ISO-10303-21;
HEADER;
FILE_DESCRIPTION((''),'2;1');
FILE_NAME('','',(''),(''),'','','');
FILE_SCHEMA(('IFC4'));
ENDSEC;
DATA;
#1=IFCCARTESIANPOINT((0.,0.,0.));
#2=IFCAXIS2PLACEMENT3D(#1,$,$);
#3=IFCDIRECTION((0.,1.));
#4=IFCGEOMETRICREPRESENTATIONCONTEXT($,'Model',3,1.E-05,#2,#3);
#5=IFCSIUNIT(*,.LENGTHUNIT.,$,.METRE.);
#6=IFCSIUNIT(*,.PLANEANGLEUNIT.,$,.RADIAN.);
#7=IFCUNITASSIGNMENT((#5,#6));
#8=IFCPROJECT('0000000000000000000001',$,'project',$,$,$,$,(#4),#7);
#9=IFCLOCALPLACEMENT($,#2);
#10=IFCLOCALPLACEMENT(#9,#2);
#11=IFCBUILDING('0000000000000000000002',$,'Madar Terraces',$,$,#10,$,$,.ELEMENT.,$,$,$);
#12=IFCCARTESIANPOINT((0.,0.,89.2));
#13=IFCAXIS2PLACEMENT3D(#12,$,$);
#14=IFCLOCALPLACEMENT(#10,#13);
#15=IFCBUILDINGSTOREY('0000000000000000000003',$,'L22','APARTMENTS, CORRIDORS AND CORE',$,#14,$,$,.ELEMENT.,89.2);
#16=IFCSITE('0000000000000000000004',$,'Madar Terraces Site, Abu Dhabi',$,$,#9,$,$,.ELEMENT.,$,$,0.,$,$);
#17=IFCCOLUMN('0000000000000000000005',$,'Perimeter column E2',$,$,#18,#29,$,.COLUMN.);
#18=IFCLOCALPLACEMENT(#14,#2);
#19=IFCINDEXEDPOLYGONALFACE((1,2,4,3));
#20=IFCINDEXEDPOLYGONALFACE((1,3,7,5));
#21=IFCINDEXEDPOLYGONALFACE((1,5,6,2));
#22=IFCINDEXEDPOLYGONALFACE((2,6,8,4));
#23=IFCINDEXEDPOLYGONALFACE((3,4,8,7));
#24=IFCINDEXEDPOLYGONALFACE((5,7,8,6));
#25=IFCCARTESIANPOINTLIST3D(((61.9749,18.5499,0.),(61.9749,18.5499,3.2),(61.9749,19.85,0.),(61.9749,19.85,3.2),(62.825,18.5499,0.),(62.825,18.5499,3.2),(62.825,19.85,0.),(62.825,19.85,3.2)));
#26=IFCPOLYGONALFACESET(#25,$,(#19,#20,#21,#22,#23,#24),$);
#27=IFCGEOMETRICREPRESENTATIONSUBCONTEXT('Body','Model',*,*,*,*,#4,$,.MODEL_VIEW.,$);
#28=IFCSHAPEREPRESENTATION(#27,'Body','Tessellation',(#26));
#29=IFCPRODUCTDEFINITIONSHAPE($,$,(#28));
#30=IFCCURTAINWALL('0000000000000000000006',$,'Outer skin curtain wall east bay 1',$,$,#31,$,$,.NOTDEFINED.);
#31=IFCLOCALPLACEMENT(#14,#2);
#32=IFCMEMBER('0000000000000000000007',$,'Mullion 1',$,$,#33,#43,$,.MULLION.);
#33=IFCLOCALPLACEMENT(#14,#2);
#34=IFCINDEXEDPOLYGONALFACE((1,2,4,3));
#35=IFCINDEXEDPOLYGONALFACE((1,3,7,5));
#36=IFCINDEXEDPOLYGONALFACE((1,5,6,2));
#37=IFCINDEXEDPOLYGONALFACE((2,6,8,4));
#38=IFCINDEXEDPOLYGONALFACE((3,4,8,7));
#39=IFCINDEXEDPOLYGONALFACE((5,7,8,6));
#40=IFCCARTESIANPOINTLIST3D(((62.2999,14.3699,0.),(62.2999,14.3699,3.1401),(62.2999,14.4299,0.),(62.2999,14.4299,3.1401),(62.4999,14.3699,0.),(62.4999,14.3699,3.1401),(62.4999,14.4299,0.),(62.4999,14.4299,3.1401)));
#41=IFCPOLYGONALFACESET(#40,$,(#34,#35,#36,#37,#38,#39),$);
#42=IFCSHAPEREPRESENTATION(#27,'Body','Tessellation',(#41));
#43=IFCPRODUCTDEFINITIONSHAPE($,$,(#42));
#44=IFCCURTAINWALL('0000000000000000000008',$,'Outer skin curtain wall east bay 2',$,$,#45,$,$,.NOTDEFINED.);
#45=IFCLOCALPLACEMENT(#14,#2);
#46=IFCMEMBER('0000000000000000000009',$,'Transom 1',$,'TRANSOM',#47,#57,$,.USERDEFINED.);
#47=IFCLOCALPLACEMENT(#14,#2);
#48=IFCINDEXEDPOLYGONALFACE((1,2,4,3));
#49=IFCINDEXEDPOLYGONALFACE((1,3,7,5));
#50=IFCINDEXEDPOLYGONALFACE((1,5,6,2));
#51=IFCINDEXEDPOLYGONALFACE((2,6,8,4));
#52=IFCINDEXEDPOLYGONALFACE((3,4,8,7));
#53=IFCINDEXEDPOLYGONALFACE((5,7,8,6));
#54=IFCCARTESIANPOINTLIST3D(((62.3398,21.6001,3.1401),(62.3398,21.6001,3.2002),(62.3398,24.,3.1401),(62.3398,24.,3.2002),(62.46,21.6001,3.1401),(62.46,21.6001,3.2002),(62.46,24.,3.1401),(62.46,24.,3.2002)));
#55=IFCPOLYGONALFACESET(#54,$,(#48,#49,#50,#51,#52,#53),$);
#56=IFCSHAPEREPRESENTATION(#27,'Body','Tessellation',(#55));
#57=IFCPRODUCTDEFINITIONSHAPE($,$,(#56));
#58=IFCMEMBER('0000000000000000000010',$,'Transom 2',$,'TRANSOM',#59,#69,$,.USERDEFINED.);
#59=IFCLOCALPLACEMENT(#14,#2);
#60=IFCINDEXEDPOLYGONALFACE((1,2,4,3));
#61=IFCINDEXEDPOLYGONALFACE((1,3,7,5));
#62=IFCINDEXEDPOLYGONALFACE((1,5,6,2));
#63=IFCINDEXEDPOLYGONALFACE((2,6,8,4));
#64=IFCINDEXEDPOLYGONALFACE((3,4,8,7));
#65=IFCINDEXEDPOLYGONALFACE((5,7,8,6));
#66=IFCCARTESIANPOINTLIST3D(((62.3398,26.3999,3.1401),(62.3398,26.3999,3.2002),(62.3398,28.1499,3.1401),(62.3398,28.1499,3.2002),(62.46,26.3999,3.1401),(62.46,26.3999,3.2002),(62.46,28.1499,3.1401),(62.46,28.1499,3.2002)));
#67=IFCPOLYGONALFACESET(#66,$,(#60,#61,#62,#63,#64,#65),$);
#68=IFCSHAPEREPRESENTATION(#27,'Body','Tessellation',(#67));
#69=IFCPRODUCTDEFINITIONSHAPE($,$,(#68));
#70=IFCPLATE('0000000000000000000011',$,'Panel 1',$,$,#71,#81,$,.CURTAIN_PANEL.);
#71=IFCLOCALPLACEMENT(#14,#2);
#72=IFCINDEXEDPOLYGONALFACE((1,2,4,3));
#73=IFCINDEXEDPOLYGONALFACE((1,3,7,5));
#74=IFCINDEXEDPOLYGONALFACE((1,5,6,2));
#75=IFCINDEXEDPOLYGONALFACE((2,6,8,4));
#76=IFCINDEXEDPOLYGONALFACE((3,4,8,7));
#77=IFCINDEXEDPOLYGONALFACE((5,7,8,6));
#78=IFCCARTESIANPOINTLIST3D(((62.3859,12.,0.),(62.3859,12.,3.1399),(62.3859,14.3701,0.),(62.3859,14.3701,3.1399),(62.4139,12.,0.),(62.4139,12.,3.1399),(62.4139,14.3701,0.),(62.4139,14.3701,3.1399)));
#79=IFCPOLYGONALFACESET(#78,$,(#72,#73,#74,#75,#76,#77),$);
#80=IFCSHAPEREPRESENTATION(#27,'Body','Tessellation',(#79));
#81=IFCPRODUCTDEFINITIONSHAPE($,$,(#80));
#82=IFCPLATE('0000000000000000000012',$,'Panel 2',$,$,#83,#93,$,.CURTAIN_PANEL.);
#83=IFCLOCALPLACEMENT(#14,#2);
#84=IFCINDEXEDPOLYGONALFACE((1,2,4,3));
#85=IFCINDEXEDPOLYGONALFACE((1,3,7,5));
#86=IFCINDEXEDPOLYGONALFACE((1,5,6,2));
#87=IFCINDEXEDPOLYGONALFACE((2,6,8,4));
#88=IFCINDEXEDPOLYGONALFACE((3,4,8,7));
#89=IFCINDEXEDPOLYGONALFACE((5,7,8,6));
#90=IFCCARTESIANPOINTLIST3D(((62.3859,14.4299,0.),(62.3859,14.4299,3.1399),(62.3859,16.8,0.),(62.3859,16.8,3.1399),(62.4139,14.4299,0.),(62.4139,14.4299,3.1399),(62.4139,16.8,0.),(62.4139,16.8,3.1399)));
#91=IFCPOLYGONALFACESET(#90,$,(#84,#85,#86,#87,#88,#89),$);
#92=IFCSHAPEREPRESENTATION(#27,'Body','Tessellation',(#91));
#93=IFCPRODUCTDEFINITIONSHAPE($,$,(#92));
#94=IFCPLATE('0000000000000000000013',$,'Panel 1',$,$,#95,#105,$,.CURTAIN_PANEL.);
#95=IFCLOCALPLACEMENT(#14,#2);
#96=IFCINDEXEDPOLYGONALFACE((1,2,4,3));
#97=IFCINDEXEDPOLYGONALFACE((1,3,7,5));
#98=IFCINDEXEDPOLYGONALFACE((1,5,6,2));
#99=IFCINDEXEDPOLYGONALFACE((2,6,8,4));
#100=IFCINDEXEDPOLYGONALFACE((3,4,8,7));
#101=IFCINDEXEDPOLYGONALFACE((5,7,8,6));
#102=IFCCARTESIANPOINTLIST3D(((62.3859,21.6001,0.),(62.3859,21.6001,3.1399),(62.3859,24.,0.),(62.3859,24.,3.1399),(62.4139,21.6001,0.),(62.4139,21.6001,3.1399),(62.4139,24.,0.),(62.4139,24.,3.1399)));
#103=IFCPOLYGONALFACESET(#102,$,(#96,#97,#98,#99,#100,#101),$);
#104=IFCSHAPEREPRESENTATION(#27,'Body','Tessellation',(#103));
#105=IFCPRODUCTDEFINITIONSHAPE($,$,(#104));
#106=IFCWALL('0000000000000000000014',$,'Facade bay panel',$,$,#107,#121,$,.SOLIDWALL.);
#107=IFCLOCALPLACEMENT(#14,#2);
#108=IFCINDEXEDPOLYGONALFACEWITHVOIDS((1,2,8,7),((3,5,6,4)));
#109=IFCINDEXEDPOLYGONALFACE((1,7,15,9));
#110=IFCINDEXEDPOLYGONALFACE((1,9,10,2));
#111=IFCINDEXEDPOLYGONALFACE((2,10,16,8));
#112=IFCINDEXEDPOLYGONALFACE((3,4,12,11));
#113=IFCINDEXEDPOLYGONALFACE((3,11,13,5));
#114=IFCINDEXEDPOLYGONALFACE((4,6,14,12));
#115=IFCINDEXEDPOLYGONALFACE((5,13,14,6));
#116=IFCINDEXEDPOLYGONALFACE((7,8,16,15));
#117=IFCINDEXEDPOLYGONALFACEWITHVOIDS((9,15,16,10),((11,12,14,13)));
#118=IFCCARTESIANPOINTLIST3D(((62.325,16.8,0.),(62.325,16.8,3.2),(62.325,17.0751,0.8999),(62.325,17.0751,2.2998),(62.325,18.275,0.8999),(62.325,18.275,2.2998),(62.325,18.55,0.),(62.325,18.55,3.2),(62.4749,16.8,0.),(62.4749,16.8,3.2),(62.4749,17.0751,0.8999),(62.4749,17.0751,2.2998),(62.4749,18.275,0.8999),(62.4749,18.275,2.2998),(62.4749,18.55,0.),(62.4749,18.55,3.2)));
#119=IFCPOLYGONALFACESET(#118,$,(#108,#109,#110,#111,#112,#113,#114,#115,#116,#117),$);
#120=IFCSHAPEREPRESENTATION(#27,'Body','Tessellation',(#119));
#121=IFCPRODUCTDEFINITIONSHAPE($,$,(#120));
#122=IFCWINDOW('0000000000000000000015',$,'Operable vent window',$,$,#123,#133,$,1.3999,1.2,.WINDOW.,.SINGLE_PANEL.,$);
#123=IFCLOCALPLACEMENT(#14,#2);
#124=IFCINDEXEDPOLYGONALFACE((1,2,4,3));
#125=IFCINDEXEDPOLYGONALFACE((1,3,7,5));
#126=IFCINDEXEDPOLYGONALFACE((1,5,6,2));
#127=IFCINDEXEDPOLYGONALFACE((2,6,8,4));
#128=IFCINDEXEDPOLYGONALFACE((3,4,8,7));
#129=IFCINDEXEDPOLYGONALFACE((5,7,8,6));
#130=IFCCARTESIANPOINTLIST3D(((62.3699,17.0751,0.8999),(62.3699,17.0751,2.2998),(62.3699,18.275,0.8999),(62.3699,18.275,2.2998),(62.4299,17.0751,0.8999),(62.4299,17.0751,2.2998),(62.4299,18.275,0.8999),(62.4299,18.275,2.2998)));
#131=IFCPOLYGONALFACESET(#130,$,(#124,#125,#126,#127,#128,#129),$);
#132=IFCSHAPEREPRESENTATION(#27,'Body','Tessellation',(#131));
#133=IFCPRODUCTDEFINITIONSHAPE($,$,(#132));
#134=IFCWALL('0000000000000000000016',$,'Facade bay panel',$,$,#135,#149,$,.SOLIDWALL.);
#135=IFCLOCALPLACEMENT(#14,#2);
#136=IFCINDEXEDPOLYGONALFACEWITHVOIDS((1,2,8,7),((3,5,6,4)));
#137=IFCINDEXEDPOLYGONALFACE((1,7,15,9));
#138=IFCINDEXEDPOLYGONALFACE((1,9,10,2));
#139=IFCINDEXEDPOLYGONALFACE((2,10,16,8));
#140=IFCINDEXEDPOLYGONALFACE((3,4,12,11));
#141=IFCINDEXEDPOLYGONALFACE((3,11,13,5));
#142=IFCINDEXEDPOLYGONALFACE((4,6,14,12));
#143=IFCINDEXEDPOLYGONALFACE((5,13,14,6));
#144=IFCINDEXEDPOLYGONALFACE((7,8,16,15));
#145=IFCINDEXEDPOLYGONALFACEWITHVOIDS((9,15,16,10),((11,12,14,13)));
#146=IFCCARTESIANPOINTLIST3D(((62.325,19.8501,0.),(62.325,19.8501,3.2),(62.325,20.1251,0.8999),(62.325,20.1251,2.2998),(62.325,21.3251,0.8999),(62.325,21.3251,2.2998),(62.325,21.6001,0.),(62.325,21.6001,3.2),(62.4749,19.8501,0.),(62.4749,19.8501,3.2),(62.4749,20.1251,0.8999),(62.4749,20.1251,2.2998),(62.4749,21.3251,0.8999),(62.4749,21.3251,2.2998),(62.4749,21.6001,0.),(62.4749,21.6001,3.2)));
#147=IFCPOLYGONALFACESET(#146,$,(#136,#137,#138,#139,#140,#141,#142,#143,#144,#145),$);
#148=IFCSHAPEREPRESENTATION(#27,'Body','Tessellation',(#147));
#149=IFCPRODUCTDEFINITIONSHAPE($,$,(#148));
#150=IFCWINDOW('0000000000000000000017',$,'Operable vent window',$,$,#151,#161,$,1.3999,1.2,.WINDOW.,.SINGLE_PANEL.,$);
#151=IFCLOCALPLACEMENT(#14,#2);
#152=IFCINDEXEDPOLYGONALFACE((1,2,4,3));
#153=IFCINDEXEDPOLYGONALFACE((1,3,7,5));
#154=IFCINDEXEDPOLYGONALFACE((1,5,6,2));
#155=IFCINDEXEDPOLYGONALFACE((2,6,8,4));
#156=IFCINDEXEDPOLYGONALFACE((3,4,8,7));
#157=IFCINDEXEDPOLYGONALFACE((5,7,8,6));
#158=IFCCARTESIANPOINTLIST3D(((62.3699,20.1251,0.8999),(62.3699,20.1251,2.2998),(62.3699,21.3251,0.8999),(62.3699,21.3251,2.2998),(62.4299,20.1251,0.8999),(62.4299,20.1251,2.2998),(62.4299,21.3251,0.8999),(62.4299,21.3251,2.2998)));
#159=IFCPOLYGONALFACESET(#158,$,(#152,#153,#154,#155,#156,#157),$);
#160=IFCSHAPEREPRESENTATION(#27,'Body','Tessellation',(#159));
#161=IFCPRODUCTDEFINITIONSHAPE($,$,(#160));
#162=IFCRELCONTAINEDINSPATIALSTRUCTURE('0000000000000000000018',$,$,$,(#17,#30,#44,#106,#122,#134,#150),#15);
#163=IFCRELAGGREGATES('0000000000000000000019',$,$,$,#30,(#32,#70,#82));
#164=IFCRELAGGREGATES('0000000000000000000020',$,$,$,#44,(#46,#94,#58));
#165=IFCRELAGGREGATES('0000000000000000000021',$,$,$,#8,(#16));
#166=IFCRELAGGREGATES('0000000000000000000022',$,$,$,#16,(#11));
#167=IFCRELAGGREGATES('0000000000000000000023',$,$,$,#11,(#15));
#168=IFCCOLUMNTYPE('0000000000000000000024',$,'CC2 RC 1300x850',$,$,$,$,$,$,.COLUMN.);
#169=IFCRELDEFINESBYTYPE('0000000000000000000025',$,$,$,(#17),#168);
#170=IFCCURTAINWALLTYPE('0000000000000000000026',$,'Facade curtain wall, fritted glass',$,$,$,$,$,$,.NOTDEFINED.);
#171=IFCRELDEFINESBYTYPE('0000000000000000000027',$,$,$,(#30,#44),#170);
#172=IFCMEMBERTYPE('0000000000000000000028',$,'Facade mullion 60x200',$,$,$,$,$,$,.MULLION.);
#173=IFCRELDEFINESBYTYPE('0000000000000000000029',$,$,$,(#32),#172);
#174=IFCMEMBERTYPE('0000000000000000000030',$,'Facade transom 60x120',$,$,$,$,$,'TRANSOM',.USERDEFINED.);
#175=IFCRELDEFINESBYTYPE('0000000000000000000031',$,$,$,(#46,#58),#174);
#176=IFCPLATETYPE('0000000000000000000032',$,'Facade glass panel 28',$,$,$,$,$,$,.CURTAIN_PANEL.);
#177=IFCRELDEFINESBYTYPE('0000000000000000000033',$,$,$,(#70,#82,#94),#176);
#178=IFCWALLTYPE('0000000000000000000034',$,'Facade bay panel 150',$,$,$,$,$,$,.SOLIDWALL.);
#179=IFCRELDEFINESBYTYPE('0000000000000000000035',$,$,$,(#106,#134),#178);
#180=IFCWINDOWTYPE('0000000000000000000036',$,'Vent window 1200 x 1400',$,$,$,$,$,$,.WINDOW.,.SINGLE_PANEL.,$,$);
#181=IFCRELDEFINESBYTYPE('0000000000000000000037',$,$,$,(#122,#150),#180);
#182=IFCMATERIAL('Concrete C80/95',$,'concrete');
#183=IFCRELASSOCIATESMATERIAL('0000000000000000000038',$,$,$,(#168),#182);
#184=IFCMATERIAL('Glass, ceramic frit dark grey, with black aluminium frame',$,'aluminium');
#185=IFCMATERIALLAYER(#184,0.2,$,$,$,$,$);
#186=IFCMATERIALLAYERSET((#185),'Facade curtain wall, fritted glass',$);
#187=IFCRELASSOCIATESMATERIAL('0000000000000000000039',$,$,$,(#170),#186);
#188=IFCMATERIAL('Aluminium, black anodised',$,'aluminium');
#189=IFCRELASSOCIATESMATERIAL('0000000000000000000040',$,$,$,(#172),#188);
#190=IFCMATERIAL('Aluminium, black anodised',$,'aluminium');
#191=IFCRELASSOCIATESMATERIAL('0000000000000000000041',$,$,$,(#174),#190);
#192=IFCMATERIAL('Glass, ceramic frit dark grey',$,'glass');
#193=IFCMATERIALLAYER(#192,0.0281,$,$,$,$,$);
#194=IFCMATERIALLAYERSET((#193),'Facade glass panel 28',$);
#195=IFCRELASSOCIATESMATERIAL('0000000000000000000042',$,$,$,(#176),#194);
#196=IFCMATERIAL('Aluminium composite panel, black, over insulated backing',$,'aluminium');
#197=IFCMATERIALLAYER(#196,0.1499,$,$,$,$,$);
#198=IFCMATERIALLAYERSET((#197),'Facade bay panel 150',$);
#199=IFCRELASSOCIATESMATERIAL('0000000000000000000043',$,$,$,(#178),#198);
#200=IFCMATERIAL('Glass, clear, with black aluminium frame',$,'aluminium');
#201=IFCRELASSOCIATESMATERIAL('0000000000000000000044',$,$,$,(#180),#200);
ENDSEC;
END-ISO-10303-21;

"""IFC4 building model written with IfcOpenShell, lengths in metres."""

from ifc_helpers import new_model, si_unit, direction, frame, frame_2d, origin, origin_2d, place, context, subcontext, project, spatial, rectangle, extrude, material, layer, layer_set, material_profile, profile_set, type_object, element, fill, aggregate, save


model = new_model("IFC4")

# Units and contexts
model_context = context("Model", 3, precision=1e-05, world=origin(), true_north=direction((0.0, 1.0)))
body_context = subcontext(model_context, "Body", "Model", "MODEL_VIEW")
ifc_project = project(units=[si_unit("LENGTHUNIT", "METRE"), si_unit("PLANEANGLEUNIT", "RADIAN")], contexts=[model_context])

# Site, building, storey
site_placement = place(None, origin())
site = spatial("IfcSite", under=ifc_project, at=site_placement, Name="Madar Terraces Site, Abu Dhabi", CompositionType="ELEMENT", RefElevation=0.0)
building_placement = place(site_placement, origin())
building = spatial("IfcBuilding", under=site, at=building_placement, Name="Madar Terraces", CompositionType="ELEMENT")
storey_placement = place(building_placement, frame((0.0, 0.0, 89.2)))
storey = spatial("IfcBuildingStorey", under=building, at=storey_placement, Name="L22", Description="APARTMENTS, CORRIDORS AND CORE", CompositionType="ELEMENT", Elevation=89.2)

# Column
ifc_material_1 = material(Name="Concrete C80/95", Category="concrete")
ifc_material_profile_1 = material_profile(ifc_material_1, rectangle(XDim=1.3, YDim=0.8501, at=origin_2d()), Name="CC2 RC 1300x850")
ifc_profile_set_1 = profile_set([ifc_material_profile_1], Name="Concrete C80/95")
column_type = type_object("IfcColumnType", Name="CC2 RC 1300x850", PredefinedType="COLUMN", material=ifc_profile_set_1)
column_placement = place(storey_placement, frame((62.3999, 19.2, 0.0), z_axis=(0.0, 0.0, 1.0), x_axis=(0.0, 1.0, 0.0)))
element("IfcColumn", 1, at=column_placement, inside=storey, type_object=column_type, Name="Perimeter column E2", PredefinedType="COLUMN", context=body_context, shape_type="SweptSolid", body=[
    extrude(rectangle(XDim=1.3, YDim=0.8501, at=origin_2d()), origin(), (0.0, 0.0, 1.0), 3.2),
])

# Curtain wall, member
ifc_material_2 = material(Name="Glass, ceramic frit dark grey, with black aluminium frame", Category="aluminium")
ifc_layer_1 = layer(ifc_material_2, 0.2)
ifc_layer_set_1 = layer_set([ifc_layer_1], Name="Facade curtain wall, fritted glass")
curtain_wall_type = type_object("IfcCurtainWallType", Name="Facade curtain wall, fritted glass", PredefinedType="NOTDEFINED", material=ifc_layer_set_1)
curtain_wall_1_placement = place(storey_placement, origin())
curtain_wall_1 = element("IfcCurtainWall", 2, at=curtain_wall_1_placement, inside=storey, type_object=curtain_wall_type, Name="Outer skin curtain wall east bay 1", PredefinedType="NOTDEFINED")
ifc_material_3 = material(Name="Aluminium, black anodised", Category="aluminium")
ifc_material_profile_2 = material_profile(ifc_material_3, rectangle(XDim=0.2, YDim=0.0601, at=origin_2d()), Name="Facade mullion 60x200")
ifc_profile_set_2 = profile_set([ifc_material_profile_2], Name="Aluminium, black anodised")
member_type_1 = type_object("IfcMemberType", Name="Facade mullion 60x200", PredefinedType="MULLION", material=ifc_profile_set_2)
member_1_placement = place(storey_placement, frame((62.3999, 14.3999, 0.0), z_axis=(0.0, 0.0, 1.0), x_axis=(-1.0, 0.0, 0.0)))
member_1 = element("IfcMember", 3, at=member_1_placement, type_object=member_type_1, Name="Mullion 1", PredefinedType="MULLION", context=body_context, shape_type="SweptSolid", body=[
    extrude(rectangle(XDim=0.2, YDim=0.0601, at=origin_2d()), origin(), (0.0, 0.0, 1.0), 3.1401),
])

# Curtain wall, members
curtain_wall_2_placement = place(storey_placement, origin())
curtain_wall_2 = element("IfcCurtainWall", 4, at=curtain_wall_2_placement, inside=storey, type_object=curtain_wall_type, Name="Outer skin curtain wall east bay 2", PredefinedType="NOTDEFINED")
ifc_material_4 = material(Name="Aluminium, black anodised", Category="aluminium")
ifc_material_profile_3 = material_profile(ifc_material_4, rectangle(XDim=0.1201, YDim=0.0601, at=origin_2d()), Name="Facade transom 60x120")
ifc_profile_set_3 = profile_set([ifc_material_profile_3], Name="Aluminium, black anodised")
member_type_2 = type_object("IfcMemberType", Name="Facade transom 60x120", ElementType="TRANSOM", PredefinedType="USERDEFINED", material=ifc_profile_set_3)
member_2_placement = place(storey_placement, frame((62.3999, 21.6001, 3.1702), z_axis=(0.0, 1.0, 0.0), x_axis=(-1.0, 0.0, 0.0)))
member_2 = element("IfcMember", 5, at=member_2_placement, type_object=member_type_2, Name="Transom 1", ObjectType="TRANSOM", PredefinedType="USERDEFINED", context=body_context, shape_type="SweptSolid", body=[
    extrude(rectangle(XDim=0.1201, YDim=0.0601, at=origin_2d()), origin(), (0.0, 0.0, 1.0), 2.3999),
])
member_3_placement = place(storey_placement, frame((62.3999, 26.3999, 3.1702), z_axis=(0.0, 1.0, 0.0), x_axis=(-1.0, 0.0, 0.0)))
member_3 = element("IfcMember", 6, at=member_3_placement, type_object=member_type_2, Name="Transom 2", ObjectType="TRANSOM", PredefinedType="USERDEFINED", context=body_context, shape_type="SweptSolid", body=[
    extrude(rectangle(XDim=0.1201, YDim=0.0601, at=origin_2d()), origin(), (0.0, 0.0, 1.0), 1.75),
])

# Plates
ifc_material_5 = material(Name="Glass, ceramic frit dark grey", Category="glass")
ifc_layer_2 = layer(ifc_material_5, 0.0281)
ifc_layer_set_2 = layer_set([ifc_layer_2], Name="Facade glass panel 28")
plate_type = type_object("IfcPlateType", Name="Facade glass panel 28", PredefinedType="CURTAIN_PANEL", material=ifc_layer_set_2)
plate_1_placement = place(storey_placement, frame((62.3999, 13.1851, 0.0), z_axis=(0.0, 0.0, 1.0), x_axis=(0.0, 1.0, 0.0)))
plate_1 = element("IfcPlate", 7, at=plate_1_placement, type_object=plate_type, Name="Panel 1", PredefinedType="CURTAIN_PANEL", context=body_context, shape_type="SweptSolid", body=[
    extrude(rectangle(XDim=2.3701, YDim=0.0281, at=origin_2d()), origin(), (0.0, 0.0, 1.0), 3.1399),
])
plate_2_placement = place(storey_placement, frame((62.3999, 15.615, 0.0), z_axis=(0.0, 0.0, 1.0), x_axis=(0.0, 1.0, 0.0)))
plate_2 = element("IfcPlate", 8, at=plate_2_placement, type_object=plate_type, Name="Panel 2", PredefinedType="CURTAIN_PANEL", context=body_context, shape_type="SweptSolid", body=[
    extrude(rectangle(XDim=2.3701, YDim=0.0281, at=origin_2d()), origin(), (0.0, 0.0, 1.0), 3.1399),
])
aggregate(curtain_wall_1, [member_1, plate_1, plate_2])
plate_3_placement = place(storey_placement, frame((62.3999, 22.8, 0.0), z_axis=(0.0, 0.0, 1.0), x_axis=(0.0, 1.0, 0.0)))
plate_3 = element("IfcPlate", 9, at=plate_3_placement, type_object=plate_type, Name="Panel 1", PredefinedType="CURTAIN_PANEL", context=body_context, shape_type="SweptSolid", body=[
    extrude(rectangle(XDim=2.3999, YDim=0.0281, at=origin_2d()), origin(), (0.0, 0.0, 1.0), 3.1399),
])
aggregate(curtain_wall_2, [member_2, plate_3, member_3])

# Walls, openings, windows
ifc_material_6 = material(Name="Aluminium composite panel, black, over insulated backing", Category="aluminium")
ifc_layer_3 = layer(ifc_material_6, 0.1499)
ifc_layer_set_3 = layer_set([ifc_layer_3], Name="Facade bay panel 150")
wall_type_1 = type_object("IfcWallType", Name="Facade bay panel 150", PredefinedType="SOLIDWALL", material=ifc_layer_set_3)
wall_1_placement = place(storey_placement, frame((62.3999, 16.8, 0.0), z_axis=(0.0, 0.0, 1.0), x_axis=(0.0, 1.0, 0.0)))
wall_1 = element("IfcWall", 10, at=wall_1_placement, inside=storey, type_object=wall_type_1, Name="Facade bay panel", PredefinedType="SOLIDWALL", context=body_context, shape_type="SweptSolid", body=[
    extrude(rectangle(XDim=1.75, YDim=0.1499, at=frame_2d((0.875, 0.0))), origin(), (0.0, 0.0, 1.0), 3.2),
])
opening_1_placement = place(wall_1_placement, frame((0.2749, 0.0, 0.8999)))
opening_1 = element("IfcOpeningElement", 11, at=opening_1_placement, cuts=wall_1, PredefinedType="OPENING", context=body_context, shape_type="SweptSolid", body=[
    extrude(rectangle(XDim=1.2, YDim=1.3999, at=frame_2d((0.6001, 0.7))), frame((0.0, 0.085, 0.0), z_axis=(0.0, -1.0, 0.0), x_axis=(1.0, 0.0, 0.0)), (0.0, 0.0, 1.0), 0.1699),
])
ifc_material_7 = material(Name="Glass, clear, with black aluminium frame", Category="aluminium")
window_type = type_object("IfcWindowType", Name="Vent window 1200 x 1400", PartitioningType="SINGLE_PANEL", PredefinedType="WINDOW", material=ifc_material_7)
window_1_placement = place(opening_1_placement, origin())
window_1 = element("IfcWindow", 12, at=window_1_placement, inside=storey, type_object=window_type, Name="Operable vent window", OverallHeight=1.3999, OverallWidth=1.2, PartitioningType="SINGLE_PANEL", PredefinedType="WINDOW", context=body_context, shape_type="SweptSolid", body=[
    extrude(rectangle(XDim=1.2, YDim=1.3999, at=frame_2d((0.6001, 0.7))), frame((0.0, 0.03, 0.0), z_axis=(0.0, -1.0, 0.0), x_axis=(1.0, 0.0, 0.0)), (0.0, 0.0, 1.0), 0.0601),
])
fill(opening_1, window_1)
wall_2_placement = place(storey_placement, frame((62.3999, 19.8501, 0.0), z_axis=(0.0, 0.0, 1.0), x_axis=(0.0, 1.0, 0.0)))
wall_2 = element("IfcWall", 13, at=wall_2_placement, inside=storey, type_object=wall_type_1, Name="Facade bay panel", PredefinedType="SOLIDWALL", context=body_context, shape_type="SweptSolid", body=[
    extrude(rectangle(XDim=1.75, YDim=0.1499, at=frame_2d((0.875, 0.0))), origin(), (0.0, 0.0, 1.0), 3.2),
])
opening_2_placement = place(wall_2_placement, frame((0.2749, 0.0, 0.8999)))
opening_2 = element("IfcOpeningElement", 14, at=opening_2_placement, cuts=wall_2, PredefinedType="OPENING", context=body_context, shape_type="SweptSolid", body=[
    extrude(rectangle(XDim=1.2, YDim=1.3999, at=frame_2d((0.6001, 0.7))), frame((0.0, 0.085, 0.0), z_axis=(0.0, -1.0, 0.0), x_axis=(1.0, 0.0, 0.0)), (0.0, 0.0, 1.0), 0.1699),
])
window_2_placement = place(opening_2_placement, origin())
window_2 = element("IfcWindow", 15, at=window_2_placement, inside=storey, type_object=window_type, Name="Operable vent window", OverallHeight=1.3999, OverallWidth=1.2, PartitioningType="SINGLE_PANEL", PredefinedType="WINDOW", context=body_context, shape_type="SweptSolid", body=[
    extrude(rectangle(XDim=1.2, YDim=1.3999, at=frame_2d((0.6001, 0.7))), frame((0.0, 0.03, 0.0), z_axis=(0.0, -1.0, 0.0), x_axis=(1.0, 0.0, 0.0)), (0.0, 0.0, 1.0), 0.0601),
])
fill(opening_2, window_2)

save(model, "model.ifc")
